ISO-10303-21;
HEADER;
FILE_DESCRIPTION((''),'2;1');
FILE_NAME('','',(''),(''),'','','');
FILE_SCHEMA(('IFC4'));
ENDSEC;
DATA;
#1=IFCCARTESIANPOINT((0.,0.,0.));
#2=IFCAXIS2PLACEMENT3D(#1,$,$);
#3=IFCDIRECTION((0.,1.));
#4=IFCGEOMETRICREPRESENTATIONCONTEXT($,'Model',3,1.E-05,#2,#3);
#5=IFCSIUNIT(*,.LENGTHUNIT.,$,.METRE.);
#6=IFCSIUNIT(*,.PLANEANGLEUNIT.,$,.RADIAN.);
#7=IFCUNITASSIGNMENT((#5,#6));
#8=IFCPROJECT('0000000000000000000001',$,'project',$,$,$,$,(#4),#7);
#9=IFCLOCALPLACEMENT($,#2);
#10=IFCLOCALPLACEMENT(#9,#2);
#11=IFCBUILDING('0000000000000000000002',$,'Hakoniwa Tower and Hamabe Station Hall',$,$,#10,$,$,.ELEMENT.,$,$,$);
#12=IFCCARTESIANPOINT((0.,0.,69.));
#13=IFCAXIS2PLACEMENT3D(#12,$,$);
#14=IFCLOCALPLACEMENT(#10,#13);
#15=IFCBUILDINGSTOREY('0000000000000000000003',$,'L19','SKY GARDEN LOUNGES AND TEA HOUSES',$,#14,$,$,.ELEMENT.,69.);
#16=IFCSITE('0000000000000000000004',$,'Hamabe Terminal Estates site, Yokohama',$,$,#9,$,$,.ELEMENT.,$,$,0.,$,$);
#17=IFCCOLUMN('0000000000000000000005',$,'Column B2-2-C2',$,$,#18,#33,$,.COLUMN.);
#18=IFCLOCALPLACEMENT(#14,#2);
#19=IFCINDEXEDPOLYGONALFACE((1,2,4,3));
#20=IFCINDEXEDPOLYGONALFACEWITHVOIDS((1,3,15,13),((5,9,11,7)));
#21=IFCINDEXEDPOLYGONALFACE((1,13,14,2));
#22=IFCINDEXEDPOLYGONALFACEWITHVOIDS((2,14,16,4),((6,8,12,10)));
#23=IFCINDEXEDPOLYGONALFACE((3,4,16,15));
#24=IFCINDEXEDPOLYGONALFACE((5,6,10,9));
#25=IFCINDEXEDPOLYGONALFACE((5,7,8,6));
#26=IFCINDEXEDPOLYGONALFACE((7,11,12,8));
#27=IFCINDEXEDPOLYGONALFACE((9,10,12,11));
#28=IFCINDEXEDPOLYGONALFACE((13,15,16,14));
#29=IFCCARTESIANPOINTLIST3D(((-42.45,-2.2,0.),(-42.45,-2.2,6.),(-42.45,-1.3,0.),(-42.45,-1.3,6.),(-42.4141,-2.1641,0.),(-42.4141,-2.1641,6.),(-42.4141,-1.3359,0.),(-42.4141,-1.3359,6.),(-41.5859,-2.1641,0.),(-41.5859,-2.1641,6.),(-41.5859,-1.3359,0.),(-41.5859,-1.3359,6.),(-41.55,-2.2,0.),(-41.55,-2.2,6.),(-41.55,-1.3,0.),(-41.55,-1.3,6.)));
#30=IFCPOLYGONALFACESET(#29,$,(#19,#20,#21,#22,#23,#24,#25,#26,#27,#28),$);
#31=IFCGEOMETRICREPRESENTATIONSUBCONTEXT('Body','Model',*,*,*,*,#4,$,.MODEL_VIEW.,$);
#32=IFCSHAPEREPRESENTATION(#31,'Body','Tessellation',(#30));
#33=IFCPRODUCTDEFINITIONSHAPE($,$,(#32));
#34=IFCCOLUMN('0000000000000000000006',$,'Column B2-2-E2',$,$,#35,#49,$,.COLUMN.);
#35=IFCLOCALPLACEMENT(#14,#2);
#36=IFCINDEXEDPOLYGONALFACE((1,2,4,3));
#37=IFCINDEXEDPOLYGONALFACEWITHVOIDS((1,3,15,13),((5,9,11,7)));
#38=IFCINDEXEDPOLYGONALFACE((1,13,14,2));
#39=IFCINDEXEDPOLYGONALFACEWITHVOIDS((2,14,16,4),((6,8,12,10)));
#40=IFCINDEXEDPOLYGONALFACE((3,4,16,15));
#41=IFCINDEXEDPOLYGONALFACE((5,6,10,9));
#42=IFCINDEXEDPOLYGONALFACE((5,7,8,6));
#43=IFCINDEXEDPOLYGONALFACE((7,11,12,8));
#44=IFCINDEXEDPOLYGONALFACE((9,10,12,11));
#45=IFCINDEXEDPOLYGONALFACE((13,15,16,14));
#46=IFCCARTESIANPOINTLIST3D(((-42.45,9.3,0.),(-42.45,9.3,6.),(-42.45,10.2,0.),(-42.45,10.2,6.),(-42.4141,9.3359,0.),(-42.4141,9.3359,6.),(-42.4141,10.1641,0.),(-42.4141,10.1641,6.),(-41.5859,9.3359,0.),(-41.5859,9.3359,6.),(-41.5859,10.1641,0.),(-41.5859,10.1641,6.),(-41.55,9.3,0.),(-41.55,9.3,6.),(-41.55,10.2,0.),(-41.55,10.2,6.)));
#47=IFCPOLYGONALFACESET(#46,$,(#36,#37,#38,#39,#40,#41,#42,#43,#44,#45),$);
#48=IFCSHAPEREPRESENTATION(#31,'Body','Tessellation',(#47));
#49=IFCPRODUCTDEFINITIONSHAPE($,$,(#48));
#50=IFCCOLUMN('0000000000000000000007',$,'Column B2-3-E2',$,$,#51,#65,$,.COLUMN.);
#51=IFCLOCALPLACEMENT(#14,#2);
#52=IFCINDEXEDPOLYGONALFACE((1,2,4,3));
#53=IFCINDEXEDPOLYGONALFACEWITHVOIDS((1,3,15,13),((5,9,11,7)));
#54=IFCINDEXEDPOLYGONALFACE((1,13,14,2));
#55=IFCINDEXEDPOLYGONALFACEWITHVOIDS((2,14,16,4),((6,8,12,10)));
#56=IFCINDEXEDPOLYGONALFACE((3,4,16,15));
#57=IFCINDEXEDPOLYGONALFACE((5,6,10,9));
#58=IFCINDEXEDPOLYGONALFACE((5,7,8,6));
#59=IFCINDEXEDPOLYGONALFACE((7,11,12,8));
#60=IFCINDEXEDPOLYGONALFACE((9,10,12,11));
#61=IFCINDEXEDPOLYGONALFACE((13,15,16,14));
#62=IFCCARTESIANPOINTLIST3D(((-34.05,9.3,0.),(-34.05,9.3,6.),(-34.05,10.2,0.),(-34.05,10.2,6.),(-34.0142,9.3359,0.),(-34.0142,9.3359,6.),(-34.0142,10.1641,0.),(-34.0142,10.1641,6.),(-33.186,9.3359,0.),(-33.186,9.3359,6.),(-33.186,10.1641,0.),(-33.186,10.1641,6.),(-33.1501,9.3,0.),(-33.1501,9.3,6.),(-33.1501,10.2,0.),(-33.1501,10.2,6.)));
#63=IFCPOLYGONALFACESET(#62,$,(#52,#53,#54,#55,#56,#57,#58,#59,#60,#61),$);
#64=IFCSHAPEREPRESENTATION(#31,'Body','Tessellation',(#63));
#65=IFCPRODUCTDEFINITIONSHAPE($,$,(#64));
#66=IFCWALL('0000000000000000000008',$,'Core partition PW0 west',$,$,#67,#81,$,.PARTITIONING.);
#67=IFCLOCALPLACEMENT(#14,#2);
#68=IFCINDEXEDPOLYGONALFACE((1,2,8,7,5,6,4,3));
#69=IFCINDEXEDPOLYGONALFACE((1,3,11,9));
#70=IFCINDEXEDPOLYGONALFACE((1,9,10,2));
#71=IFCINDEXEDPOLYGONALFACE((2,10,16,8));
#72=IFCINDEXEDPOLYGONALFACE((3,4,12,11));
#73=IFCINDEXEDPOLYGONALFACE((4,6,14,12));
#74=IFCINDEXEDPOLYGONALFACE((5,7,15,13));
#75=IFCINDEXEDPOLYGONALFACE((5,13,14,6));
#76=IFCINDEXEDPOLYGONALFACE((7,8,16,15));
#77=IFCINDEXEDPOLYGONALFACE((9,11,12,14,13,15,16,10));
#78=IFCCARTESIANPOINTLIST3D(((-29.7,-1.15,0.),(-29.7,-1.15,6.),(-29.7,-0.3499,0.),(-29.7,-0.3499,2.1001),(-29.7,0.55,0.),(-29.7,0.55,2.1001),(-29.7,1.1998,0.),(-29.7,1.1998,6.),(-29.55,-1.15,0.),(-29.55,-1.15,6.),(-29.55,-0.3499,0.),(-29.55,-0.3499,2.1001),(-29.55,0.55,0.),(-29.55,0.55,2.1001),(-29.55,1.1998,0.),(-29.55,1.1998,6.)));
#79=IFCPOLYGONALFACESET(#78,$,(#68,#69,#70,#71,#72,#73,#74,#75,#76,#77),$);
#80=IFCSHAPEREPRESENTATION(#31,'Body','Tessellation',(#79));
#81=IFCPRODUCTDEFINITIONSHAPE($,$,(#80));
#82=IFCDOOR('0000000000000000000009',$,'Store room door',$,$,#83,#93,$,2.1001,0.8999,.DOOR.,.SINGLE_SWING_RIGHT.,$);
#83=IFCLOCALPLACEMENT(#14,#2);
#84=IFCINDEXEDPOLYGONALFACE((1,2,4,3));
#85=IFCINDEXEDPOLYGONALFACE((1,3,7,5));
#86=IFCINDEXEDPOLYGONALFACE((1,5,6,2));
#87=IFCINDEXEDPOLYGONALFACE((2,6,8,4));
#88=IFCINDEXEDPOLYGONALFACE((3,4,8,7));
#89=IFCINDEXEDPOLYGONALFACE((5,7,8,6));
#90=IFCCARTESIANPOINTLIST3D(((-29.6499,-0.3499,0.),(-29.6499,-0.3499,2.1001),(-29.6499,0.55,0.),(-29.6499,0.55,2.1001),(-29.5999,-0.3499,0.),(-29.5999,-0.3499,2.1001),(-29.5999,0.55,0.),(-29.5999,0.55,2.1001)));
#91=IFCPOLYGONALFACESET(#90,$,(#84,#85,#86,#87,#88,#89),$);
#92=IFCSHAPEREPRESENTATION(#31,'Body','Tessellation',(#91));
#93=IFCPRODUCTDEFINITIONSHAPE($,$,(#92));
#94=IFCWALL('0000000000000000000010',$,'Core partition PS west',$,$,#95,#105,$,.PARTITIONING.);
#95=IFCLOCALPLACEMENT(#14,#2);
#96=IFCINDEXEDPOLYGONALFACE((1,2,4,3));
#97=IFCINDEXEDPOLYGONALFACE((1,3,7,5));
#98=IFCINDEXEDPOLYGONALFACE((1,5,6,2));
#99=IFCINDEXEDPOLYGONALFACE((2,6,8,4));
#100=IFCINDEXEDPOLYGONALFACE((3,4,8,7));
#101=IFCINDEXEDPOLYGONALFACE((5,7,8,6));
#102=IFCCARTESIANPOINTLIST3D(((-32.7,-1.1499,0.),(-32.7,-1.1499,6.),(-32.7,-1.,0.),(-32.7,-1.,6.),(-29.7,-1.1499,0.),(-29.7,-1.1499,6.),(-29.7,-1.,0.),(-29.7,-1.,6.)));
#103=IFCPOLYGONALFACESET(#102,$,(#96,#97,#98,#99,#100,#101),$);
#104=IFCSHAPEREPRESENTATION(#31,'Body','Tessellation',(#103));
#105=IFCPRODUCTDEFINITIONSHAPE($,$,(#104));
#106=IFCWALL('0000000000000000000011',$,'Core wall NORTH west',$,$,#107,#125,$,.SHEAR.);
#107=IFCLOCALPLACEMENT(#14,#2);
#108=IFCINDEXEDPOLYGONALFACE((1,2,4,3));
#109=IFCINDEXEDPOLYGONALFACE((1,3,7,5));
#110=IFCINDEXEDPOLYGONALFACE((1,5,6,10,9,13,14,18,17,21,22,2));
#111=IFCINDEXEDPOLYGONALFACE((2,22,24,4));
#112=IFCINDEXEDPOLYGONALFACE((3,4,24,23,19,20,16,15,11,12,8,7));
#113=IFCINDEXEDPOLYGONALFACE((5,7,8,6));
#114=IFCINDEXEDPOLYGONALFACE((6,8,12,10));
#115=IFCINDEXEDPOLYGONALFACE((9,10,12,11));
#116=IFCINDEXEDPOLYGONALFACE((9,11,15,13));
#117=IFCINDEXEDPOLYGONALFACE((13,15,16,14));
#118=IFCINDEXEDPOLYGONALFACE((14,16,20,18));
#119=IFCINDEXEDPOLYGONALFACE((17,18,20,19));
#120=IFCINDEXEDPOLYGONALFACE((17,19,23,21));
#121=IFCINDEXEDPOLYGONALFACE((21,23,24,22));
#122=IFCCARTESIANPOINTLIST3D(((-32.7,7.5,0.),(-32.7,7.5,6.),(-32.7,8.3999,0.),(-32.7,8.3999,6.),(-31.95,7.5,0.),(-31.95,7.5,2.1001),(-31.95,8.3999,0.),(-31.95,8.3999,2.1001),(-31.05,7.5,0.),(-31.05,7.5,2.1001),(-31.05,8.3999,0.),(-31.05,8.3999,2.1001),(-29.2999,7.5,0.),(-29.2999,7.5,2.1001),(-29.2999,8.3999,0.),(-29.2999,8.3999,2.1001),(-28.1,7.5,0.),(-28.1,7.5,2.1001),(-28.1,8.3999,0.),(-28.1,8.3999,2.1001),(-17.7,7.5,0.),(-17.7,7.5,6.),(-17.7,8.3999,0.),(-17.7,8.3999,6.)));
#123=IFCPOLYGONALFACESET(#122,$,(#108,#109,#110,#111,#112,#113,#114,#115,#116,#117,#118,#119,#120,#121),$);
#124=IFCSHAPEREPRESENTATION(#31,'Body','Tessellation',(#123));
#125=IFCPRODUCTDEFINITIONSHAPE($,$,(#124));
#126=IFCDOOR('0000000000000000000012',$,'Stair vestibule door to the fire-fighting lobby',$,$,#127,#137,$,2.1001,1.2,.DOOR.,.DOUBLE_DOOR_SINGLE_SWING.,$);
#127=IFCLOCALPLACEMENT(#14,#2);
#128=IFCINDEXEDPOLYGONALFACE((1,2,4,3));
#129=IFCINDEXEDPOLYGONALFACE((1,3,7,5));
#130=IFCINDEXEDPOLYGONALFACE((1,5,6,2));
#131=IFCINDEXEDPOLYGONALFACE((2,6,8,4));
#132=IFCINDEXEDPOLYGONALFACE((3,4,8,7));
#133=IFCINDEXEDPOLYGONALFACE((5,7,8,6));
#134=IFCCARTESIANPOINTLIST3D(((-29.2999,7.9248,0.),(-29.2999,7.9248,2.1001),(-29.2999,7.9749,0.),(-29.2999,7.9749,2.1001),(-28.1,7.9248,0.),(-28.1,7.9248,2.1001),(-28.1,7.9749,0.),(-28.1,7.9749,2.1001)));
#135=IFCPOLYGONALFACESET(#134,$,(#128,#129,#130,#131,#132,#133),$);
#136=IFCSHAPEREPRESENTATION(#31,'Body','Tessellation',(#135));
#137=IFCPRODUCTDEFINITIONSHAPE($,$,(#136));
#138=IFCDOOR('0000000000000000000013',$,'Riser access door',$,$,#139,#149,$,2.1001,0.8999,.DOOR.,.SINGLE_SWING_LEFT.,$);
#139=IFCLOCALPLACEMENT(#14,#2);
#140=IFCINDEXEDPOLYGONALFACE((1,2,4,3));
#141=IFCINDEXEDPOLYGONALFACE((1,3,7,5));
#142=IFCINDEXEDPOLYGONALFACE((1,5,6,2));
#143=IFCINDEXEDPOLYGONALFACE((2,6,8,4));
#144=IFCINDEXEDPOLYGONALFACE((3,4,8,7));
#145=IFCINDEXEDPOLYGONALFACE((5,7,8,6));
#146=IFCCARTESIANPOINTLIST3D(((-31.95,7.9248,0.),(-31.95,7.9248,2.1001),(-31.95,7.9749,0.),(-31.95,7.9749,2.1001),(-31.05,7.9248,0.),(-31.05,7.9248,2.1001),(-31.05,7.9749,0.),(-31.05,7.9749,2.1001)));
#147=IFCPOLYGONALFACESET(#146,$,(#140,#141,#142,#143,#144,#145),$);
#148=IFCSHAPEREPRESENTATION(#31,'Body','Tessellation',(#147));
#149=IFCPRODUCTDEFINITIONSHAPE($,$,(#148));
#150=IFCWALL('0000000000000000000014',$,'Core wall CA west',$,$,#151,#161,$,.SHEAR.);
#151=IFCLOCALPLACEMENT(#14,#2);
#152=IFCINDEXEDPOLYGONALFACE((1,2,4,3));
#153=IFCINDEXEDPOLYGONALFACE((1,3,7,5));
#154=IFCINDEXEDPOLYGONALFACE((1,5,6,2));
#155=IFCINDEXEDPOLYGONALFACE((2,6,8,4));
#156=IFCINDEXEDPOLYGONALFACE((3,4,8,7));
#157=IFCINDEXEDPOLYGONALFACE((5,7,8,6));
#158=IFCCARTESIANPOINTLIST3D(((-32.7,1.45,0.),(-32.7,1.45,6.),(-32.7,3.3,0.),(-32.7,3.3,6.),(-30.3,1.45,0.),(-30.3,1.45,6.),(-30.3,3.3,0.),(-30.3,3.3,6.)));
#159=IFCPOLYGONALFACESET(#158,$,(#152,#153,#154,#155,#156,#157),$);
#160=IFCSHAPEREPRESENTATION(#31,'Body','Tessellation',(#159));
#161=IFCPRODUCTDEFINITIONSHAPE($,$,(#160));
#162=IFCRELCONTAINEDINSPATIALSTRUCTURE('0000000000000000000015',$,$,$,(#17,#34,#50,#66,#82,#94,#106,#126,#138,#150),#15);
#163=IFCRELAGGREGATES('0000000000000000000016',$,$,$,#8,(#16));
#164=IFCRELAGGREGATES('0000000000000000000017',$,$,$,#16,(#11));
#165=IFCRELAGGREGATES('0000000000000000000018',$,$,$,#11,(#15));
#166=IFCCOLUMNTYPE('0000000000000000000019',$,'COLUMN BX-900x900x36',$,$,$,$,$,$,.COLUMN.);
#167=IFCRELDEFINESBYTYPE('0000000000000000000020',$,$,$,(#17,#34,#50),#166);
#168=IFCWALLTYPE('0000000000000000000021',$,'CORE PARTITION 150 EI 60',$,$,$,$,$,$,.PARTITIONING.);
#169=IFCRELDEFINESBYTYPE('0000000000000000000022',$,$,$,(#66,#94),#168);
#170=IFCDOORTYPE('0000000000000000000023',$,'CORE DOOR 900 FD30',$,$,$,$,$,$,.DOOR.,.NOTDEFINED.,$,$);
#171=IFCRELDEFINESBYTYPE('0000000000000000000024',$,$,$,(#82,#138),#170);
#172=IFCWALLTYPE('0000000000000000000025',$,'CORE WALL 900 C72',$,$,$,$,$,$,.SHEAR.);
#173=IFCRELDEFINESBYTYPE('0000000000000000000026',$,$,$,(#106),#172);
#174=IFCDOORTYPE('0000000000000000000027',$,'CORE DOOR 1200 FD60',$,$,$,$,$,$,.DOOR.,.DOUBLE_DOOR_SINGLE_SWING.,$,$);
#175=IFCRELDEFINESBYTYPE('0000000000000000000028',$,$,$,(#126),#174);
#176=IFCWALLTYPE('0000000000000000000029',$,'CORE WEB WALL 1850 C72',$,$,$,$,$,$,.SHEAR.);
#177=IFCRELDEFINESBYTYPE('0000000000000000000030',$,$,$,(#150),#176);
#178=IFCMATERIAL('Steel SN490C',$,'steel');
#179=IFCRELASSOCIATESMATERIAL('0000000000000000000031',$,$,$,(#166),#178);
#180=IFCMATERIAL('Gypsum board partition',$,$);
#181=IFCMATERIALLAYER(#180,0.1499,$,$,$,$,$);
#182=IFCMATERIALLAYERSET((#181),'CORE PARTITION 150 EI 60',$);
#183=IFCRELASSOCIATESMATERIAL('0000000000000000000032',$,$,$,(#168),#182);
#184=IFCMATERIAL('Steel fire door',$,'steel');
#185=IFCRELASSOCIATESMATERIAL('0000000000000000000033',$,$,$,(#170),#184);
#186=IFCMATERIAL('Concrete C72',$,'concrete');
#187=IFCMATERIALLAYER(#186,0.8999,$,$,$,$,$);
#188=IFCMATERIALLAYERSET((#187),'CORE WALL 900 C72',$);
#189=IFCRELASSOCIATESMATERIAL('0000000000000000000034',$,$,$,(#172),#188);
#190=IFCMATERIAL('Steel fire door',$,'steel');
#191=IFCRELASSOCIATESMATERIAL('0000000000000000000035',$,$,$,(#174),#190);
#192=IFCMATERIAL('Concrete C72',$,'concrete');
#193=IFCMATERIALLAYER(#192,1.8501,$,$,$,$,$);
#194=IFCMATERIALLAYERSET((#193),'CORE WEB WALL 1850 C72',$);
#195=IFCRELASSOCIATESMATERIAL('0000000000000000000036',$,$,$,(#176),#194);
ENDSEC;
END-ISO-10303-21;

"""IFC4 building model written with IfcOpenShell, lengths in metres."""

from ifc_helpers import new_model, si_unit, direction, frame, frame_2d, origin, origin_2d, place, context, subcontext, project, spatial, rectangle, hollow_rectangle, extrude, material, layer, layer_set, material_profile, profile_set, type_object, element, fill, save


model = new_model("IFC4")

# Units and contexts
model_context = context("Model", 3, precision=1e-05, world=origin(), true_north=direction((0.0, 1.0)))
body_context = subcontext(model_context, "Body", "Model", "MODEL_VIEW")
ifc_project = project(units=[si_unit("LENGTHUNIT", "METRE"), si_unit("PLANEANGLEUNIT", "RADIAN")], contexts=[model_context])

# Site, building, storey
site_placement = place(None, origin())
site = spatial("IfcSite", under=ifc_project, at=site_placement, Name="Hamabe Terminal Estates site, Yokohama", CompositionType="ELEMENT", RefElevation=0.0)
building_placement = place(site_placement, origin())
building = spatial("IfcBuilding", under=site, at=building_placement, Name="Hakoniwa Tower and Hamabe Station Hall", CompositionType="ELEMENT")
storey_placement = place(building_placement, frame((0.0, 0.0, 69.0)))
storey = spatial("IfcBuildingStorey", under=building, at=storey_placement, Name="L19", Description="SKY GARDEN LOUNGES AND TEA HOUSES", CompositionType="ELEMENT", Elevation=69.0)

# Columns
ifc_material_1 = material(Name="Steel SN490C", Category="steel")
ifc_material_profile = material_profile(ifc_material_1, hollow_rectangle(XDim=0.8999, YDim=0.8999, WallThickness=0.0359, at=origin_2d()), Name="BX-900x900x36")
ifc_profile_set = profile_set([ifc_material_profile], Name="Steel SN490C")
column_type = type_object("IfcColumnType", Name="COLUMN BX-900x900x36", PredefinedType="COLUMN", material=ifc_profile_set)
for number, where, z_axis, x_axis, name in (
    (1, (-42.0, -1.75, 0.0), (0.0, 0.0, 1.0), (1.0, 0.0, 0.0), "Column B2-2-C2"),
    (2, (-42.0, 9.75, 0.0), (0.0, 0.0, 1.0), (1.0, 0.0, 0.0), "Column B2-2-E2"),
    (3, (-33.6001, 9.75, 0.0), (0.0, 0.0, 1.0), (1.0, 0.0, 0.0), "Column B2-3-E2"),
):
    element("IfcColumn", number, at=place(storey_placement, frame(where, z_axis=z_axis, x_axis=x_axis)), inside=storey, type_object=column_type, Name=name, PredefinedType="COLUMN", context=body_context, shape_type="SweptSolid", body=[
        extrude(hollow_rectangle(XDim=0.8999, YDim=0.8999, WallThickness=0.0359, at=origin_2d()), origin(), (0.0, 0.0, 1.0), 6.0),
    ])

# Wall, opening, door
ifc_material_2 = material(Name="Gypsum board partition")
ifc_layer_1 = layer(ifc_material_2, 0.1499)
ifc_layer_set_1 = layer_set([ifc_layer_1], Name="CORE PARTITION 150 EI 60")
wall_type_1 = type_object("IfcWallType", Name="CORE PARTITION 150 EI 60", PredefinedType="PARTITIONING", material=ifc_layer_set_1)
wall_1_placement = place(storey_placement, frame((-29.625, -1.1499, 0.0), z_axis=(0.0, 0.0, 1.0), x_axis=(0.0, 1.0, 0.0)))
wall_1 = element("IfcWall", 4, at=wall_1_placement, inside=storey, type_object=wall_type_1, Name="Core partition PW0 west", PredefinedType="PARTITIONING", context=body_context, shape_type="SweptSolid", body=[
    extrude(rectangle(XDim=2.3499, YDim=0.1499, at=frame_2d((1.1748, 0.0))), origin(), (0.0, 0.0, 1.0), 6.0),
])
opening_1_placement = place(wall_1_placement, frame((0.8, 0.0, 0.0)))
opening_1 = element("IfcOpeningElement", 5, at=opening_1_placement, cuts=wall_1, PredefinedType="OPENING", context=body_context, shape_type="SweptSolid", body=[
    extrude(rectangle(XDim=0.8999, YDim=2.1001, at=frame_2d((0.45, 1.05))), frame((0.0, 0.085, 0.0), z_axis=(0.0, -1.0, 0.0), x_axis=(1.0, 0.0, 0.0)), (0.0, 0.0, 1.0), 0.1699),
])
ifc_material_3 = material(Name="Steel fire door", Category="steel")
door_type_1 = type_object("IfcDoorType", Name="CORE DOOR 900 FD30", OperationType="NOTDEFINED", PredefinedType="DOOR", material=ifc_material_3)
door_1_placement = place(opening_1_placement, origin())
door_1 = element("IfcDoor", 6, at=door_1_placement, inside=storey, type_object=door_type_1, Name="Store room door", OperationType="SINGLE_SWING_RIGHT", OverallHeight=2.1001, OverallWidth=0.8999, PredefinedType="DOOR", context=body_context, shape_type="SweptSolid", body=[
    extrude(rectangle(XDim=0.8999, YDim=2.1001, at=frame_2d((0.45, 1.05))), frame((0.0, 0.0249, 0.0), z_axis=(0.0, -1.0, 0.0), x_axis=(1.0, 0.0, 0.0)), (0.0, 0.0, 1.0), 0.05),
])
fill(opening_1, door_1)

# Wall
wall_2_placement = place(storey_placement, frame((-32.7, -1.075, 0.0), z_axis=(0.0, 0.0, 1.0), x_axis=(1.0, 0.0, 0.0)))
element("IfcWall", 7, at=wall_2_placement, inside=storey, type_object=wall_type_1, Name="Core partition PS west", PredefinedType="PARTITIONING", context=body_context, shape_type="SweptSolid", body=[
    extrude(rectangle(XDim=3.0, YDim=0.1499, at=frame_2d((1.5, 0.0))), origin(), (0.0, 0.0, 1.0), 6.0),
])

# Wall, openings, doors
ifc_material_4 = material(Name="Concrete C72", Category="concrete")
ifc_layer_2 = layer(ifc_material_4, 0.8999)
ifc_layer_set_2 = layer_set([ifc_layer_2], Name="CORE WALL 900 C72")
wall_type_2 = type_object("IfcWallType", Name="CORE WALL 900 C72", PredefinedType="SHEAR", material=ifc_layer_set_2)
wall_3_placement = place(storey_placement, frame((-32.7, 7.95, 0.0), z_axis=(0.0, 0.0, 1.0), x_axis=(1.0, 0.0, 0.0)))
wall_3 = element("IfcWall", 8, at=wall_3_placement, inside=storey, type_object=wall_type_2, Name="Core wall NORTH west", PredefinedType="SHEAR", context=body_context, shape_type="SweptSolid", body=[
    extrude(rectangle(XDim=15.0, YDim=0.8999, at=frame_2d((7.5, 0.0))), origin(), (0.0, 0.0, 1.0), 6.0),
])
opening_2_placement = place(wall_3_placement, frame((3.3999, 0.0, 0.0)))
opening_2 = element("IfcOpeningElement", 9, at=opening_2_placement, cuts=wall_3, PredefinedType="OPENING", context=body_context, shape_type="SweptSolid", body=[
    extrude(rectangle(XDim=1.2, YDim=2.1001, at=frame_2d((0.6001, 1.05))), frame((0.0, 0.46, 0.0), z_axis=(0.0, -1.0, 0.0), x_axis=(1.0, 0.0, 0.0)), (0.0, 0.0, 1.0), 0.9199),
])
opening_3_placement = place(wall_3_placement, frame((0.75, 0.0, 0.0)))
opening_3 = element("IfcOpeningElement", 10, at=opening_3_placement, cuts=wall_3, PredefinedType="OPENING", context=body_context, shape_type="SweptSolid", body=[
    extrude(rectangle(XDim=0.8999, YDim=2.1001, at=frame_2d((0.45, 1.05))), frame((0.0, 0.46, 0.0), z_axis=(0.0, -1.0, 0.0), x_axis=(1.0, 0.0, 0.0)), (0.0, 0.0, 1.0), 0.9199),
])
ifc_material_5 = material(Name="Steel fire door", Category="steel")
door_type_2 = type_object("IfcDoorType", Name="CORE DOOR 1200 FD60", OperationType="DOUBLE_DOOR_SINGLE_SWING", PredefinedType="DOOR", material=ifc_material_5)
door_2_placement = place(opening_2_placement, origin())
door_2 = element("IfcDoor", 11, at=door_2_placement, inside=storey, type_object=door_type_2, Name="Stair vestibule door to the fire-fighting lobby", OperationType="DOUBLE_DOOR_SINGLE_SWING", OverallHeight=2.1001, OverallWidth=1.2, PredefinedType="DOOR", context=body_context, shape_type="SweptSolid", body=[
    extrude(rectangle(XDim=1.2, YDim=2.1001, at=frame_2d((0.6001, 1.05))), frame((0.0, 0.0249, 0.0), z_axis=(0.0, -1.0, 0.0), x_axis=(1.0, 0.0, 0.0)), (0.0, 0.0, 1.0), 0.05),
])
fill(opening_2, door_2)
door_3_placement = place(opening_3_placement, origin())
door_3 = element("IfcDoor", 12, at=door_3_placement, inside=storey, type_object=door_type_1, Name="Riser access door", OperationType="SINGLE_SWING_LEFT", OverallHeight=2.1001, OverallWidth=0.8999, PredefinedType="DOOR", context=body_context, shape_type="SweptSolid", body=[
    extrude(rectangle(XDim=0.8999, YDim=2.1001, at=frame_2d((0.45, 1.05))), frame((0.0, 0.0249, 0.0), z_axis=(0.0, -1.0, 0.0), x_axis=(1.0, 0.0, 0.0)), (0.0, 0.0, 1.0), 0.05),
])
fill(opening_3, door_3)

# Wall
ifc_material_6 = material(Name="Concrete C72", Category="concrete")
ifc_layer_3 = layer(ifc_material_6, 1.8501)
ifc_layer_set_3 = layer_set([ifc_layer_3], Name="CORE WEB WALL 1850 C72")
wall_type_3 = type_object("IfcWallType", Name="CORE WEB WALL 1850 C72", PredefinedType="SHEAR", material=ifc_layer_set_3)
wall_4_placement = place(storey_placement, frame((-32.7, 2.375, 0.0), z_axis=(0.0, 0.0, 1.0), x_axis=(1.0, 0.0, 0.0)))
element("IfcWall", 13, at=wall_4_placement, inside=storey, type_object=wall_type_3, Name="Core wall CA west", PredefinedType="SHEAR", context=body_context, shape_type="SweptSolid", body=[
    extrude(rectangle(XDim=2.3999, YDim=1.8501, at=frame_2d((1.2, 0.0))), origin(), (0.0, 0.0, 1.0), 6.0),
])

save(model, "model.ifc")
